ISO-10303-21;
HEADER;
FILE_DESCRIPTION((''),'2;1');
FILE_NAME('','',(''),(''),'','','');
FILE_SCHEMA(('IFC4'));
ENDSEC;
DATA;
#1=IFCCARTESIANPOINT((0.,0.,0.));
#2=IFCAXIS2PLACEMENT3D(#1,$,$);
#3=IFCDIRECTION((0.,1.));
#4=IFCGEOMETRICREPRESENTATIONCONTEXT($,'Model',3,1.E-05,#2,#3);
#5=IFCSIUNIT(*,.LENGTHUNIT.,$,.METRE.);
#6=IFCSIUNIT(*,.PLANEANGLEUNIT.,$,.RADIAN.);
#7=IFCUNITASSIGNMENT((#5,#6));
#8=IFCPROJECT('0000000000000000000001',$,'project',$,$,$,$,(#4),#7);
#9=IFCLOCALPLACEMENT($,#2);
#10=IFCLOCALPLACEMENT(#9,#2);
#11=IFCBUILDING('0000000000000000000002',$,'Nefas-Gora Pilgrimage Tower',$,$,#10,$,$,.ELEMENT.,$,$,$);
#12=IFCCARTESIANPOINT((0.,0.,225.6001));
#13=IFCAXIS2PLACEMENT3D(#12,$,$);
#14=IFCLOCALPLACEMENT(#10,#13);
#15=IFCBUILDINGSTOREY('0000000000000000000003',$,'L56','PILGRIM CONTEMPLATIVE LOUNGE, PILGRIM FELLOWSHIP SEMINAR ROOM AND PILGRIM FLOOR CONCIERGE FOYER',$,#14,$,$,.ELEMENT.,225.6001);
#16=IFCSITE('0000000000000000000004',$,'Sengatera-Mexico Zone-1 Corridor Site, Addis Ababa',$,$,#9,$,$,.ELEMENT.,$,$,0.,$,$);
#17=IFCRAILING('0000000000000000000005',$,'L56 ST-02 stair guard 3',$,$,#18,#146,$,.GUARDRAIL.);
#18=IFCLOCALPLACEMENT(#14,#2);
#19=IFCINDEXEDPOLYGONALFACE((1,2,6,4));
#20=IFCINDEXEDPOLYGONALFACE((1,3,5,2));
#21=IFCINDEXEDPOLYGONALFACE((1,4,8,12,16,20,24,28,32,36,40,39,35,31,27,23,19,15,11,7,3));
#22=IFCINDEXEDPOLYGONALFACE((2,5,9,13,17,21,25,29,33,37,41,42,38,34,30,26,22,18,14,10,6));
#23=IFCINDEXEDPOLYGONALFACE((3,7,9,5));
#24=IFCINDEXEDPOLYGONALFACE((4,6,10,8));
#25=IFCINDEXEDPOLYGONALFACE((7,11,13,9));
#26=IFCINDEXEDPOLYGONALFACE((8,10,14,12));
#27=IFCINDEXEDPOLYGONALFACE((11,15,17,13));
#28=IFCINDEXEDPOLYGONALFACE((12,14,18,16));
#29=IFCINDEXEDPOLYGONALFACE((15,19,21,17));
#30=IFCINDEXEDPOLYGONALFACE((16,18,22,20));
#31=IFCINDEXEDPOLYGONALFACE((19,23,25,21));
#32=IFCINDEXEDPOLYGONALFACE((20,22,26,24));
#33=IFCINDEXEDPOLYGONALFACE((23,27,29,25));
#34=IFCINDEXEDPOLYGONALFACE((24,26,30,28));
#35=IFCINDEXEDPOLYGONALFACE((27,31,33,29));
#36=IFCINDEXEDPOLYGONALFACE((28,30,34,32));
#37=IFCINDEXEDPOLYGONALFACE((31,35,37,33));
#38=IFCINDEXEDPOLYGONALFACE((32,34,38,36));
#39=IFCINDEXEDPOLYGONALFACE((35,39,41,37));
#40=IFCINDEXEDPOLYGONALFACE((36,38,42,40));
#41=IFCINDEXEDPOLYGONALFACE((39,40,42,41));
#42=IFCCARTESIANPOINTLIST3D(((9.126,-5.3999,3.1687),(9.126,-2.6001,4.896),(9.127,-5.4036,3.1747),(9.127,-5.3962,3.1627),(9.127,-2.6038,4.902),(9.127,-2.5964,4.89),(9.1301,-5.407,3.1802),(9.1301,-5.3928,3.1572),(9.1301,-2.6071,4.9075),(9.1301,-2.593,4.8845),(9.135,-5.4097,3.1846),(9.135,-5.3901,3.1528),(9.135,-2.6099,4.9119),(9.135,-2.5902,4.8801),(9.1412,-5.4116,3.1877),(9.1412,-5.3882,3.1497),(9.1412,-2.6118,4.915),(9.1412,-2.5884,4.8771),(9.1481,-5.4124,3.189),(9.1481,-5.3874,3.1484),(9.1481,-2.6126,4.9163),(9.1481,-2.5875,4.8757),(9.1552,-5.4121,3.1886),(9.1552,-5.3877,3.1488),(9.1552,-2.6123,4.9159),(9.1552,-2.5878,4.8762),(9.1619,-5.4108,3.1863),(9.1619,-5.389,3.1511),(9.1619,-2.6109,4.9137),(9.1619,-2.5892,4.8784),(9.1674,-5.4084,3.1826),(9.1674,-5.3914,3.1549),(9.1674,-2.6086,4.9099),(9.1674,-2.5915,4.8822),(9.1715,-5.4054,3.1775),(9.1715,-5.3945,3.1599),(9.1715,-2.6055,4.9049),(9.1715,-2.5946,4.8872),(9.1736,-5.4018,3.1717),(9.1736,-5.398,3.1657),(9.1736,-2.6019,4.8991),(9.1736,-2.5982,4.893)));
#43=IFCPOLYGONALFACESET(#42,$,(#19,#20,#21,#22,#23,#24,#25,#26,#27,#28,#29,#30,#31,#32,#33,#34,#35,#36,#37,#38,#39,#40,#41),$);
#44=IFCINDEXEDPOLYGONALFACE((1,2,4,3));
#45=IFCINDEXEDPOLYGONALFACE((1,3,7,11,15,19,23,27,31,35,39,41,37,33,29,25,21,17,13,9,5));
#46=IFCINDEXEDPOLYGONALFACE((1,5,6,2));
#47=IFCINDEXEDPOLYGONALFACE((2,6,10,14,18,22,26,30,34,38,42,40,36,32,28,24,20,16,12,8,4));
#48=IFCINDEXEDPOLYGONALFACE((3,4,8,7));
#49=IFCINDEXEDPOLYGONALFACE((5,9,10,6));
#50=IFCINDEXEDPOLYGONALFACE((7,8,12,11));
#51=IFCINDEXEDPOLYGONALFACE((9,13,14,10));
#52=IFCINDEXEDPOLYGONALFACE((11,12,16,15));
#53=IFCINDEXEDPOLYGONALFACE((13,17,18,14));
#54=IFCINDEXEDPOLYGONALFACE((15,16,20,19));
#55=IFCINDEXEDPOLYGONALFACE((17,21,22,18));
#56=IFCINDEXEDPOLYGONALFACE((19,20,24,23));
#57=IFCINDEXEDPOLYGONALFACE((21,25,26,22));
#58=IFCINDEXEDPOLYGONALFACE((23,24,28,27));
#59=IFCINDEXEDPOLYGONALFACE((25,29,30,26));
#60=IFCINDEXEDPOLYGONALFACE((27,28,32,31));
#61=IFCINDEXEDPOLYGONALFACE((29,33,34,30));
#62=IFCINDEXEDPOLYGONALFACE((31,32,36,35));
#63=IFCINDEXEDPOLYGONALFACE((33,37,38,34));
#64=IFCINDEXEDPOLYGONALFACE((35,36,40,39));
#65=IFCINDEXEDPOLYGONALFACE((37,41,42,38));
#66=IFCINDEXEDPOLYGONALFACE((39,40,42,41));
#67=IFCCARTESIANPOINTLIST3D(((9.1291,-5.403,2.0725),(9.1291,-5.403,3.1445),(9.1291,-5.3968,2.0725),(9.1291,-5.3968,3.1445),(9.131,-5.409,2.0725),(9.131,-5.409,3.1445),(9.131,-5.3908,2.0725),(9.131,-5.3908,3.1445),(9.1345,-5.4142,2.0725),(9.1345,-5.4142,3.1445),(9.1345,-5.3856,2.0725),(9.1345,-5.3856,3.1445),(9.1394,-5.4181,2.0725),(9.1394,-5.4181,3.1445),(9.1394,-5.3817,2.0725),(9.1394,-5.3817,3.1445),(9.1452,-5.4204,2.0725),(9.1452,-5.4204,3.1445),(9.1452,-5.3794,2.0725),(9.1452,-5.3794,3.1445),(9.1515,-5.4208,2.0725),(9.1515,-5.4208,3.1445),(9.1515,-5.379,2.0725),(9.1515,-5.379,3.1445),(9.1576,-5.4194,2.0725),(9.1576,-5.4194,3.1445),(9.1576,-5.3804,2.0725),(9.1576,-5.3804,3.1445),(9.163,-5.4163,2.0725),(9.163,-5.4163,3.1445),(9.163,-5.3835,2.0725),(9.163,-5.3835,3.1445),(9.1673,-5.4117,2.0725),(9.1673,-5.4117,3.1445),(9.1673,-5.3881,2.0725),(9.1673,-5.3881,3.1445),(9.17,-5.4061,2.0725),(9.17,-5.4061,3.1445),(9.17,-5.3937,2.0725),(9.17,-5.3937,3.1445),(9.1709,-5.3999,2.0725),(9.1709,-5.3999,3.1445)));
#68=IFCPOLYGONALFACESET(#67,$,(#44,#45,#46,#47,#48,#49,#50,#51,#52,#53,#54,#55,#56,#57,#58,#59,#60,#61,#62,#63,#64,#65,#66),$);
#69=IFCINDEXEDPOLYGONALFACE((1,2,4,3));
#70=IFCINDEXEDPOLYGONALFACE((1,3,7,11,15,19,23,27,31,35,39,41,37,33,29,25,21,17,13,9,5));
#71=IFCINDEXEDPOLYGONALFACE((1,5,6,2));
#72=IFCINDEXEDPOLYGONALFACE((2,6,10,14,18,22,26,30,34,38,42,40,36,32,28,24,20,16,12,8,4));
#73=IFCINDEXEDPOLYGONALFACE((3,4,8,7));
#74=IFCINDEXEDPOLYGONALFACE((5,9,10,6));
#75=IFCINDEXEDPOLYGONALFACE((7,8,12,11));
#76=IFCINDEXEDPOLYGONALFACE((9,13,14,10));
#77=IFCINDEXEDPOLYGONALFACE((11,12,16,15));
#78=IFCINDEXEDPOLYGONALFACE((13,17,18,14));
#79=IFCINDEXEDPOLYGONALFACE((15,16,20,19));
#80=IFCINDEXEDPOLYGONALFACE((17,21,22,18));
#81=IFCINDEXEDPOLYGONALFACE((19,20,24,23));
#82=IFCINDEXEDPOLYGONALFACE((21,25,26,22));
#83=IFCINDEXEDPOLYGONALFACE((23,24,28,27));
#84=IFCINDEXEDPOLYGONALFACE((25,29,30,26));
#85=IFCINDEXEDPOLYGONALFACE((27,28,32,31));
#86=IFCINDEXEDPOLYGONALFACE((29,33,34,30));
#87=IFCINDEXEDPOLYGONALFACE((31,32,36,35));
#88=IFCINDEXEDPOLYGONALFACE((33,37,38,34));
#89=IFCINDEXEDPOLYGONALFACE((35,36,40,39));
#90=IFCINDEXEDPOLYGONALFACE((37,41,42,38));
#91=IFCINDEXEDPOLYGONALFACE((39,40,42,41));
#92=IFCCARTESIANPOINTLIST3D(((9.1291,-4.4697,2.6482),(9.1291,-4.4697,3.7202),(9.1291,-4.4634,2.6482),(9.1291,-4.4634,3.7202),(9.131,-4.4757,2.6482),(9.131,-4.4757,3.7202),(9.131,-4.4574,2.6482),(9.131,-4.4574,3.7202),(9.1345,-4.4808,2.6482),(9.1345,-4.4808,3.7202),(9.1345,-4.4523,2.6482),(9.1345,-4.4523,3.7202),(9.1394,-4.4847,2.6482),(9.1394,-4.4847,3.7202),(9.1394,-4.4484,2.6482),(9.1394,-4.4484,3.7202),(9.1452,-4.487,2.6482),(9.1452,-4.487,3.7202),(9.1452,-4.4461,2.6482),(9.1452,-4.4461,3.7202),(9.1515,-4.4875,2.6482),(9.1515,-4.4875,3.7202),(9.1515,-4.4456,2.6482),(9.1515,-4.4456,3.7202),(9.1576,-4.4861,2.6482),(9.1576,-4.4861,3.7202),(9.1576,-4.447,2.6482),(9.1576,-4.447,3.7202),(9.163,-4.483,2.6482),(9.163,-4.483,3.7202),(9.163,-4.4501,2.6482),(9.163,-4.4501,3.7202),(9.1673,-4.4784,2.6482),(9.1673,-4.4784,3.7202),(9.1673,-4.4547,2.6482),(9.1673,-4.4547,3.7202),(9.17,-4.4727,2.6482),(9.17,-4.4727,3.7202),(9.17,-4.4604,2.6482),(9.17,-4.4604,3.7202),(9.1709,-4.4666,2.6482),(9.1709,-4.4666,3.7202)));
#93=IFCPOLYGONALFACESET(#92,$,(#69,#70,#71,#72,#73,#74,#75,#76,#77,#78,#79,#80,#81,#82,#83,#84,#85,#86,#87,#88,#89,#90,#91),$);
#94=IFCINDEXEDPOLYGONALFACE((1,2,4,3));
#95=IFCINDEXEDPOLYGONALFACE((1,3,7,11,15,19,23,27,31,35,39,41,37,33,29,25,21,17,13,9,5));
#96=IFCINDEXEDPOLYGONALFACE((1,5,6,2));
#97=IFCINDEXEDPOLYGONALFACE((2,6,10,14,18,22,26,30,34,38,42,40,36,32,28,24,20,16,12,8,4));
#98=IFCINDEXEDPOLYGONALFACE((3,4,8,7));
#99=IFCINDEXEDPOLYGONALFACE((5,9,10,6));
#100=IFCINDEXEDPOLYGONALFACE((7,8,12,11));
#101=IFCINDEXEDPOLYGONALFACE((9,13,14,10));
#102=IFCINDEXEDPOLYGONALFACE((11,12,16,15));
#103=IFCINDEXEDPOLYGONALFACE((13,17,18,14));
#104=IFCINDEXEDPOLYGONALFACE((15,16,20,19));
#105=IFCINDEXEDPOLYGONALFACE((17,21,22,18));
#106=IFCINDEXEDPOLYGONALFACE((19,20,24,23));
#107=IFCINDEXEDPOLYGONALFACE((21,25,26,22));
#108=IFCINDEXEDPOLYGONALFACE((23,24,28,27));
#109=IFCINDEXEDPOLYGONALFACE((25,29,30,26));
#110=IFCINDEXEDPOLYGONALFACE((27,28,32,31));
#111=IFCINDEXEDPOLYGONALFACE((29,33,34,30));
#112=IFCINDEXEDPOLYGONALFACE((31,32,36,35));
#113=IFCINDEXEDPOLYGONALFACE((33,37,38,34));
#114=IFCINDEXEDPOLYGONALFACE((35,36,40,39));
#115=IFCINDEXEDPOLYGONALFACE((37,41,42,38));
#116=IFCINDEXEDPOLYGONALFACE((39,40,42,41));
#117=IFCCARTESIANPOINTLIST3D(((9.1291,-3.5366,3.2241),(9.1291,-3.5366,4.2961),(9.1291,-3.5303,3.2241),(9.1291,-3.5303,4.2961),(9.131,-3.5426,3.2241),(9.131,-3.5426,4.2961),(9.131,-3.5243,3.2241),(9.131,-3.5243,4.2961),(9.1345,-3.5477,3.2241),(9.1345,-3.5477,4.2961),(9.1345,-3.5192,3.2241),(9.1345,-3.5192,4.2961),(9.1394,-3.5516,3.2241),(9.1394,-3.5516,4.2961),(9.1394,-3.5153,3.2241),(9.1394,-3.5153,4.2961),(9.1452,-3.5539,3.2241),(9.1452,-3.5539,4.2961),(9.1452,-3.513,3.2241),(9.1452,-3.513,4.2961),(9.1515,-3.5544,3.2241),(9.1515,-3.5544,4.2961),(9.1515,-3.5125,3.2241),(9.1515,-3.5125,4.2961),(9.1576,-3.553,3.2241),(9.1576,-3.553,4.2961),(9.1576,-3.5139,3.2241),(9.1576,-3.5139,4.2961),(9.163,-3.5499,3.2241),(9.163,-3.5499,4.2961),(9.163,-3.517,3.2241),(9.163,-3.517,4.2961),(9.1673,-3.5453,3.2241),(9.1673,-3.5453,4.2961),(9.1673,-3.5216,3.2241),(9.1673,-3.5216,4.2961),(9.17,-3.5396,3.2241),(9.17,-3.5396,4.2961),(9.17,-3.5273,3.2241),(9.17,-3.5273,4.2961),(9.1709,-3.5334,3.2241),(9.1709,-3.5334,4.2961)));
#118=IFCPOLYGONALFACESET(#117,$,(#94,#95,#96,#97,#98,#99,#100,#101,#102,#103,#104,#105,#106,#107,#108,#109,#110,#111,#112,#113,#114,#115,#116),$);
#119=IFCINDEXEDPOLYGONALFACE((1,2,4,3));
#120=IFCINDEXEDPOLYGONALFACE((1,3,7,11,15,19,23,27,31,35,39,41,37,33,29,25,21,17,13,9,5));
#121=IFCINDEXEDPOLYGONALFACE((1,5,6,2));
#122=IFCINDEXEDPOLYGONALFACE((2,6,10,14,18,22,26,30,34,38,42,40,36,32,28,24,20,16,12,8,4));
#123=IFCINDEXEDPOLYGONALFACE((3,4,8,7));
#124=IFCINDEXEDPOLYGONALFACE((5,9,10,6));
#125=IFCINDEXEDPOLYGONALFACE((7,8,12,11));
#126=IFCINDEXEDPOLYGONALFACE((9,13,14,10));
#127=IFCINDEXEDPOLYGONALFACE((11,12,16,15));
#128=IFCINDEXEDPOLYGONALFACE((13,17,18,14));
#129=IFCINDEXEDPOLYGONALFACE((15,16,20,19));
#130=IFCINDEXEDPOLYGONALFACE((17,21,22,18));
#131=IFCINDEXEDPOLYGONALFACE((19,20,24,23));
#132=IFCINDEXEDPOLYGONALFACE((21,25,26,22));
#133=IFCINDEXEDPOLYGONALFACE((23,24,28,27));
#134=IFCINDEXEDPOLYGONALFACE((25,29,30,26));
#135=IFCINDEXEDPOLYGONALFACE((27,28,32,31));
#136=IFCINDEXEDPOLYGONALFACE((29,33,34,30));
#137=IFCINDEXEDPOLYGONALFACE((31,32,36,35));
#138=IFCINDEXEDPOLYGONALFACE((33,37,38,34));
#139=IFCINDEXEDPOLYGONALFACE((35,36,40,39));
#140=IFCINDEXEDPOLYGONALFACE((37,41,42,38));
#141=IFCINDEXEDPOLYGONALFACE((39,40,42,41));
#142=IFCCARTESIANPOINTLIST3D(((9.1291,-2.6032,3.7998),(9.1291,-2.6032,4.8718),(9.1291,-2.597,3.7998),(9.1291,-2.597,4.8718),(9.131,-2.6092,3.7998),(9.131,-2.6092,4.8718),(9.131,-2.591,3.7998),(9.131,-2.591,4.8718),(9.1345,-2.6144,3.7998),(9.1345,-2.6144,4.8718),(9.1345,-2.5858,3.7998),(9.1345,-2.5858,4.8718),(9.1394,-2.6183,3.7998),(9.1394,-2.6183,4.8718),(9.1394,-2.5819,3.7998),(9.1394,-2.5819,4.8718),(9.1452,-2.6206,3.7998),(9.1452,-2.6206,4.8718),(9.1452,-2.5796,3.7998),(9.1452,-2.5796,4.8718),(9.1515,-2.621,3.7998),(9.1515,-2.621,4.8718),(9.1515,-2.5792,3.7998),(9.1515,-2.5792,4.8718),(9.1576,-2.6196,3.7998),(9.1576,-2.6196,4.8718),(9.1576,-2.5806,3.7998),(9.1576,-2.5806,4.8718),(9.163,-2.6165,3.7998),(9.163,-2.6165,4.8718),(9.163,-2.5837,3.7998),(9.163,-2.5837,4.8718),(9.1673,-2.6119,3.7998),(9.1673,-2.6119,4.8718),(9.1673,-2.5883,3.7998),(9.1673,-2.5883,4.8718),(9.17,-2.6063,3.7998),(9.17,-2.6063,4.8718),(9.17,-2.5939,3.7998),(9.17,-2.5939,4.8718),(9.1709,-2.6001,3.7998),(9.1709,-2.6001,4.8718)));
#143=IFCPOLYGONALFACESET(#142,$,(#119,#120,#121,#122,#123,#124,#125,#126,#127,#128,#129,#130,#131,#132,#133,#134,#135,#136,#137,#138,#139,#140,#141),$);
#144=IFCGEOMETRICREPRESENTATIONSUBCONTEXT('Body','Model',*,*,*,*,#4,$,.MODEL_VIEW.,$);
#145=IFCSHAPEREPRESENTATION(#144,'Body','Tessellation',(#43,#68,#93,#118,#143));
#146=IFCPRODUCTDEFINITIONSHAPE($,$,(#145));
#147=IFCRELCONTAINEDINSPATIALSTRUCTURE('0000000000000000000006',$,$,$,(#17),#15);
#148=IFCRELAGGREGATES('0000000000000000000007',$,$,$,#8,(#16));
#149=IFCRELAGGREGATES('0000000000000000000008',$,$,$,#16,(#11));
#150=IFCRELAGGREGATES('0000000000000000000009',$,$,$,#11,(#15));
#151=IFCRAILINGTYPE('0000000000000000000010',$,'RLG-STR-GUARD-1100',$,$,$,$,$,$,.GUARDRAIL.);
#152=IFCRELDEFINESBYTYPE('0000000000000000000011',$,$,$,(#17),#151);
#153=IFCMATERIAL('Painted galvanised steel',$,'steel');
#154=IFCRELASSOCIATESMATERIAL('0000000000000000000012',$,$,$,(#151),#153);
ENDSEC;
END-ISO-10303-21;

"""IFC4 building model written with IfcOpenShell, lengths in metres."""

from ifc_helpers import new_model, si_unit, direction, frame, origin, origin_2d, place, context, subcontext, project, spatial, circle, extrude, material, type_object, element, save


model = new_model("IFC4")

# Units and contexts
model_context = context("Model", 3, precision=1e-05, world=origin(), true_north=direction((0.0, 1.0)))
body_context = subcontext(model_context, "Body", "Model", "MODEL_VIEW")
ifc_project = project(units=[si_unit("LENGTHUNIT", "METRE"), si_unit("PLANEANGLEUNIT", "RADIAN")], contexts=[model_context])

# Site, building, storey
site_placement = place(None, origin())
site = spatial("IfcSite", under=ifc_project, at=site_placement, Name="Sengatera-Mexico Zone-1 Corridor Site, Addis Ababa", CompositionType="ELEMENT", RefElevation=0.0)
building_placement = place(site_placement, origin())
building = spatial("IfcBuilding", under=site, at=building_placement, Name="Nefas-Gora Pilgrimage Tower", CompositionType="ELEMENT")
storey_placement = place(building_placement, frame((0.0, 0.0, 225.6001)))
storey = spatial("IfcBuildingStorey", under=building, at=storey_placement, Name="L56", Description="PILGRIM CONTEMPLATIVE LOUNGE, PILGRIM FELLOWSHIP SEMINAR ROOM AND PILGRIM FLOOR CONCIERGE FOYER", CompositionType="ELEMENT", Elevation=225.6001)

# Railing
ifc_material_1 = material(Name="Painted galvanised steel", Category="steel")
railing_type_1 = type_object("IfcRailingType", Name="RLG-STR-GUARD-1100", PredefinedType="GUARDRAIL", material=ifc_material_1)
railing_1_placement = place(storey_placement, frame((9.1499, -5.3999, 2.0725)))
element("IfcRailing", 1, at=railing_1_placement, inside=storey, type_object=railing_type_1, Name="L56 ST-02 stair guard 3", PredefinedType="GUARDRAIL", context=body_context, shape_type="SweptSolid", body=[
    extrude(circle(Radius=0.0239, at=origin_2d()), frame((0.0, 0.0, 1.0962), z_axis=(0.0, 0.851069, 0.525054), x_axis=(-1.0, 0.0, 0.0)), (0.0, 0.0, 1.0), 3.2898),
    extrude(circle(Radius=0.021, at=origin_2d()), origin(), (0.0, 0.0, 1.0), 1.072),
    extrude(circle(Radius=0.021, at=origin_2d()), frame((0.0, 0.9333, 0.5757)), (0.0, 0.0, 1.0), 1.072),
    extrude(circle(Radius=0.021, at=origin_2d()), frame((0.0, 1.8665, 1.1516)), (0.0, 0.0, 1.0), 1.072),
    extrude(circle(Radius=0.021, at=origin_2d()), frame((0.0, 2.7998, 1.7273)), (0.0, 0.0, 1.0), 1.072),
])

save(model, "model.ifc")
